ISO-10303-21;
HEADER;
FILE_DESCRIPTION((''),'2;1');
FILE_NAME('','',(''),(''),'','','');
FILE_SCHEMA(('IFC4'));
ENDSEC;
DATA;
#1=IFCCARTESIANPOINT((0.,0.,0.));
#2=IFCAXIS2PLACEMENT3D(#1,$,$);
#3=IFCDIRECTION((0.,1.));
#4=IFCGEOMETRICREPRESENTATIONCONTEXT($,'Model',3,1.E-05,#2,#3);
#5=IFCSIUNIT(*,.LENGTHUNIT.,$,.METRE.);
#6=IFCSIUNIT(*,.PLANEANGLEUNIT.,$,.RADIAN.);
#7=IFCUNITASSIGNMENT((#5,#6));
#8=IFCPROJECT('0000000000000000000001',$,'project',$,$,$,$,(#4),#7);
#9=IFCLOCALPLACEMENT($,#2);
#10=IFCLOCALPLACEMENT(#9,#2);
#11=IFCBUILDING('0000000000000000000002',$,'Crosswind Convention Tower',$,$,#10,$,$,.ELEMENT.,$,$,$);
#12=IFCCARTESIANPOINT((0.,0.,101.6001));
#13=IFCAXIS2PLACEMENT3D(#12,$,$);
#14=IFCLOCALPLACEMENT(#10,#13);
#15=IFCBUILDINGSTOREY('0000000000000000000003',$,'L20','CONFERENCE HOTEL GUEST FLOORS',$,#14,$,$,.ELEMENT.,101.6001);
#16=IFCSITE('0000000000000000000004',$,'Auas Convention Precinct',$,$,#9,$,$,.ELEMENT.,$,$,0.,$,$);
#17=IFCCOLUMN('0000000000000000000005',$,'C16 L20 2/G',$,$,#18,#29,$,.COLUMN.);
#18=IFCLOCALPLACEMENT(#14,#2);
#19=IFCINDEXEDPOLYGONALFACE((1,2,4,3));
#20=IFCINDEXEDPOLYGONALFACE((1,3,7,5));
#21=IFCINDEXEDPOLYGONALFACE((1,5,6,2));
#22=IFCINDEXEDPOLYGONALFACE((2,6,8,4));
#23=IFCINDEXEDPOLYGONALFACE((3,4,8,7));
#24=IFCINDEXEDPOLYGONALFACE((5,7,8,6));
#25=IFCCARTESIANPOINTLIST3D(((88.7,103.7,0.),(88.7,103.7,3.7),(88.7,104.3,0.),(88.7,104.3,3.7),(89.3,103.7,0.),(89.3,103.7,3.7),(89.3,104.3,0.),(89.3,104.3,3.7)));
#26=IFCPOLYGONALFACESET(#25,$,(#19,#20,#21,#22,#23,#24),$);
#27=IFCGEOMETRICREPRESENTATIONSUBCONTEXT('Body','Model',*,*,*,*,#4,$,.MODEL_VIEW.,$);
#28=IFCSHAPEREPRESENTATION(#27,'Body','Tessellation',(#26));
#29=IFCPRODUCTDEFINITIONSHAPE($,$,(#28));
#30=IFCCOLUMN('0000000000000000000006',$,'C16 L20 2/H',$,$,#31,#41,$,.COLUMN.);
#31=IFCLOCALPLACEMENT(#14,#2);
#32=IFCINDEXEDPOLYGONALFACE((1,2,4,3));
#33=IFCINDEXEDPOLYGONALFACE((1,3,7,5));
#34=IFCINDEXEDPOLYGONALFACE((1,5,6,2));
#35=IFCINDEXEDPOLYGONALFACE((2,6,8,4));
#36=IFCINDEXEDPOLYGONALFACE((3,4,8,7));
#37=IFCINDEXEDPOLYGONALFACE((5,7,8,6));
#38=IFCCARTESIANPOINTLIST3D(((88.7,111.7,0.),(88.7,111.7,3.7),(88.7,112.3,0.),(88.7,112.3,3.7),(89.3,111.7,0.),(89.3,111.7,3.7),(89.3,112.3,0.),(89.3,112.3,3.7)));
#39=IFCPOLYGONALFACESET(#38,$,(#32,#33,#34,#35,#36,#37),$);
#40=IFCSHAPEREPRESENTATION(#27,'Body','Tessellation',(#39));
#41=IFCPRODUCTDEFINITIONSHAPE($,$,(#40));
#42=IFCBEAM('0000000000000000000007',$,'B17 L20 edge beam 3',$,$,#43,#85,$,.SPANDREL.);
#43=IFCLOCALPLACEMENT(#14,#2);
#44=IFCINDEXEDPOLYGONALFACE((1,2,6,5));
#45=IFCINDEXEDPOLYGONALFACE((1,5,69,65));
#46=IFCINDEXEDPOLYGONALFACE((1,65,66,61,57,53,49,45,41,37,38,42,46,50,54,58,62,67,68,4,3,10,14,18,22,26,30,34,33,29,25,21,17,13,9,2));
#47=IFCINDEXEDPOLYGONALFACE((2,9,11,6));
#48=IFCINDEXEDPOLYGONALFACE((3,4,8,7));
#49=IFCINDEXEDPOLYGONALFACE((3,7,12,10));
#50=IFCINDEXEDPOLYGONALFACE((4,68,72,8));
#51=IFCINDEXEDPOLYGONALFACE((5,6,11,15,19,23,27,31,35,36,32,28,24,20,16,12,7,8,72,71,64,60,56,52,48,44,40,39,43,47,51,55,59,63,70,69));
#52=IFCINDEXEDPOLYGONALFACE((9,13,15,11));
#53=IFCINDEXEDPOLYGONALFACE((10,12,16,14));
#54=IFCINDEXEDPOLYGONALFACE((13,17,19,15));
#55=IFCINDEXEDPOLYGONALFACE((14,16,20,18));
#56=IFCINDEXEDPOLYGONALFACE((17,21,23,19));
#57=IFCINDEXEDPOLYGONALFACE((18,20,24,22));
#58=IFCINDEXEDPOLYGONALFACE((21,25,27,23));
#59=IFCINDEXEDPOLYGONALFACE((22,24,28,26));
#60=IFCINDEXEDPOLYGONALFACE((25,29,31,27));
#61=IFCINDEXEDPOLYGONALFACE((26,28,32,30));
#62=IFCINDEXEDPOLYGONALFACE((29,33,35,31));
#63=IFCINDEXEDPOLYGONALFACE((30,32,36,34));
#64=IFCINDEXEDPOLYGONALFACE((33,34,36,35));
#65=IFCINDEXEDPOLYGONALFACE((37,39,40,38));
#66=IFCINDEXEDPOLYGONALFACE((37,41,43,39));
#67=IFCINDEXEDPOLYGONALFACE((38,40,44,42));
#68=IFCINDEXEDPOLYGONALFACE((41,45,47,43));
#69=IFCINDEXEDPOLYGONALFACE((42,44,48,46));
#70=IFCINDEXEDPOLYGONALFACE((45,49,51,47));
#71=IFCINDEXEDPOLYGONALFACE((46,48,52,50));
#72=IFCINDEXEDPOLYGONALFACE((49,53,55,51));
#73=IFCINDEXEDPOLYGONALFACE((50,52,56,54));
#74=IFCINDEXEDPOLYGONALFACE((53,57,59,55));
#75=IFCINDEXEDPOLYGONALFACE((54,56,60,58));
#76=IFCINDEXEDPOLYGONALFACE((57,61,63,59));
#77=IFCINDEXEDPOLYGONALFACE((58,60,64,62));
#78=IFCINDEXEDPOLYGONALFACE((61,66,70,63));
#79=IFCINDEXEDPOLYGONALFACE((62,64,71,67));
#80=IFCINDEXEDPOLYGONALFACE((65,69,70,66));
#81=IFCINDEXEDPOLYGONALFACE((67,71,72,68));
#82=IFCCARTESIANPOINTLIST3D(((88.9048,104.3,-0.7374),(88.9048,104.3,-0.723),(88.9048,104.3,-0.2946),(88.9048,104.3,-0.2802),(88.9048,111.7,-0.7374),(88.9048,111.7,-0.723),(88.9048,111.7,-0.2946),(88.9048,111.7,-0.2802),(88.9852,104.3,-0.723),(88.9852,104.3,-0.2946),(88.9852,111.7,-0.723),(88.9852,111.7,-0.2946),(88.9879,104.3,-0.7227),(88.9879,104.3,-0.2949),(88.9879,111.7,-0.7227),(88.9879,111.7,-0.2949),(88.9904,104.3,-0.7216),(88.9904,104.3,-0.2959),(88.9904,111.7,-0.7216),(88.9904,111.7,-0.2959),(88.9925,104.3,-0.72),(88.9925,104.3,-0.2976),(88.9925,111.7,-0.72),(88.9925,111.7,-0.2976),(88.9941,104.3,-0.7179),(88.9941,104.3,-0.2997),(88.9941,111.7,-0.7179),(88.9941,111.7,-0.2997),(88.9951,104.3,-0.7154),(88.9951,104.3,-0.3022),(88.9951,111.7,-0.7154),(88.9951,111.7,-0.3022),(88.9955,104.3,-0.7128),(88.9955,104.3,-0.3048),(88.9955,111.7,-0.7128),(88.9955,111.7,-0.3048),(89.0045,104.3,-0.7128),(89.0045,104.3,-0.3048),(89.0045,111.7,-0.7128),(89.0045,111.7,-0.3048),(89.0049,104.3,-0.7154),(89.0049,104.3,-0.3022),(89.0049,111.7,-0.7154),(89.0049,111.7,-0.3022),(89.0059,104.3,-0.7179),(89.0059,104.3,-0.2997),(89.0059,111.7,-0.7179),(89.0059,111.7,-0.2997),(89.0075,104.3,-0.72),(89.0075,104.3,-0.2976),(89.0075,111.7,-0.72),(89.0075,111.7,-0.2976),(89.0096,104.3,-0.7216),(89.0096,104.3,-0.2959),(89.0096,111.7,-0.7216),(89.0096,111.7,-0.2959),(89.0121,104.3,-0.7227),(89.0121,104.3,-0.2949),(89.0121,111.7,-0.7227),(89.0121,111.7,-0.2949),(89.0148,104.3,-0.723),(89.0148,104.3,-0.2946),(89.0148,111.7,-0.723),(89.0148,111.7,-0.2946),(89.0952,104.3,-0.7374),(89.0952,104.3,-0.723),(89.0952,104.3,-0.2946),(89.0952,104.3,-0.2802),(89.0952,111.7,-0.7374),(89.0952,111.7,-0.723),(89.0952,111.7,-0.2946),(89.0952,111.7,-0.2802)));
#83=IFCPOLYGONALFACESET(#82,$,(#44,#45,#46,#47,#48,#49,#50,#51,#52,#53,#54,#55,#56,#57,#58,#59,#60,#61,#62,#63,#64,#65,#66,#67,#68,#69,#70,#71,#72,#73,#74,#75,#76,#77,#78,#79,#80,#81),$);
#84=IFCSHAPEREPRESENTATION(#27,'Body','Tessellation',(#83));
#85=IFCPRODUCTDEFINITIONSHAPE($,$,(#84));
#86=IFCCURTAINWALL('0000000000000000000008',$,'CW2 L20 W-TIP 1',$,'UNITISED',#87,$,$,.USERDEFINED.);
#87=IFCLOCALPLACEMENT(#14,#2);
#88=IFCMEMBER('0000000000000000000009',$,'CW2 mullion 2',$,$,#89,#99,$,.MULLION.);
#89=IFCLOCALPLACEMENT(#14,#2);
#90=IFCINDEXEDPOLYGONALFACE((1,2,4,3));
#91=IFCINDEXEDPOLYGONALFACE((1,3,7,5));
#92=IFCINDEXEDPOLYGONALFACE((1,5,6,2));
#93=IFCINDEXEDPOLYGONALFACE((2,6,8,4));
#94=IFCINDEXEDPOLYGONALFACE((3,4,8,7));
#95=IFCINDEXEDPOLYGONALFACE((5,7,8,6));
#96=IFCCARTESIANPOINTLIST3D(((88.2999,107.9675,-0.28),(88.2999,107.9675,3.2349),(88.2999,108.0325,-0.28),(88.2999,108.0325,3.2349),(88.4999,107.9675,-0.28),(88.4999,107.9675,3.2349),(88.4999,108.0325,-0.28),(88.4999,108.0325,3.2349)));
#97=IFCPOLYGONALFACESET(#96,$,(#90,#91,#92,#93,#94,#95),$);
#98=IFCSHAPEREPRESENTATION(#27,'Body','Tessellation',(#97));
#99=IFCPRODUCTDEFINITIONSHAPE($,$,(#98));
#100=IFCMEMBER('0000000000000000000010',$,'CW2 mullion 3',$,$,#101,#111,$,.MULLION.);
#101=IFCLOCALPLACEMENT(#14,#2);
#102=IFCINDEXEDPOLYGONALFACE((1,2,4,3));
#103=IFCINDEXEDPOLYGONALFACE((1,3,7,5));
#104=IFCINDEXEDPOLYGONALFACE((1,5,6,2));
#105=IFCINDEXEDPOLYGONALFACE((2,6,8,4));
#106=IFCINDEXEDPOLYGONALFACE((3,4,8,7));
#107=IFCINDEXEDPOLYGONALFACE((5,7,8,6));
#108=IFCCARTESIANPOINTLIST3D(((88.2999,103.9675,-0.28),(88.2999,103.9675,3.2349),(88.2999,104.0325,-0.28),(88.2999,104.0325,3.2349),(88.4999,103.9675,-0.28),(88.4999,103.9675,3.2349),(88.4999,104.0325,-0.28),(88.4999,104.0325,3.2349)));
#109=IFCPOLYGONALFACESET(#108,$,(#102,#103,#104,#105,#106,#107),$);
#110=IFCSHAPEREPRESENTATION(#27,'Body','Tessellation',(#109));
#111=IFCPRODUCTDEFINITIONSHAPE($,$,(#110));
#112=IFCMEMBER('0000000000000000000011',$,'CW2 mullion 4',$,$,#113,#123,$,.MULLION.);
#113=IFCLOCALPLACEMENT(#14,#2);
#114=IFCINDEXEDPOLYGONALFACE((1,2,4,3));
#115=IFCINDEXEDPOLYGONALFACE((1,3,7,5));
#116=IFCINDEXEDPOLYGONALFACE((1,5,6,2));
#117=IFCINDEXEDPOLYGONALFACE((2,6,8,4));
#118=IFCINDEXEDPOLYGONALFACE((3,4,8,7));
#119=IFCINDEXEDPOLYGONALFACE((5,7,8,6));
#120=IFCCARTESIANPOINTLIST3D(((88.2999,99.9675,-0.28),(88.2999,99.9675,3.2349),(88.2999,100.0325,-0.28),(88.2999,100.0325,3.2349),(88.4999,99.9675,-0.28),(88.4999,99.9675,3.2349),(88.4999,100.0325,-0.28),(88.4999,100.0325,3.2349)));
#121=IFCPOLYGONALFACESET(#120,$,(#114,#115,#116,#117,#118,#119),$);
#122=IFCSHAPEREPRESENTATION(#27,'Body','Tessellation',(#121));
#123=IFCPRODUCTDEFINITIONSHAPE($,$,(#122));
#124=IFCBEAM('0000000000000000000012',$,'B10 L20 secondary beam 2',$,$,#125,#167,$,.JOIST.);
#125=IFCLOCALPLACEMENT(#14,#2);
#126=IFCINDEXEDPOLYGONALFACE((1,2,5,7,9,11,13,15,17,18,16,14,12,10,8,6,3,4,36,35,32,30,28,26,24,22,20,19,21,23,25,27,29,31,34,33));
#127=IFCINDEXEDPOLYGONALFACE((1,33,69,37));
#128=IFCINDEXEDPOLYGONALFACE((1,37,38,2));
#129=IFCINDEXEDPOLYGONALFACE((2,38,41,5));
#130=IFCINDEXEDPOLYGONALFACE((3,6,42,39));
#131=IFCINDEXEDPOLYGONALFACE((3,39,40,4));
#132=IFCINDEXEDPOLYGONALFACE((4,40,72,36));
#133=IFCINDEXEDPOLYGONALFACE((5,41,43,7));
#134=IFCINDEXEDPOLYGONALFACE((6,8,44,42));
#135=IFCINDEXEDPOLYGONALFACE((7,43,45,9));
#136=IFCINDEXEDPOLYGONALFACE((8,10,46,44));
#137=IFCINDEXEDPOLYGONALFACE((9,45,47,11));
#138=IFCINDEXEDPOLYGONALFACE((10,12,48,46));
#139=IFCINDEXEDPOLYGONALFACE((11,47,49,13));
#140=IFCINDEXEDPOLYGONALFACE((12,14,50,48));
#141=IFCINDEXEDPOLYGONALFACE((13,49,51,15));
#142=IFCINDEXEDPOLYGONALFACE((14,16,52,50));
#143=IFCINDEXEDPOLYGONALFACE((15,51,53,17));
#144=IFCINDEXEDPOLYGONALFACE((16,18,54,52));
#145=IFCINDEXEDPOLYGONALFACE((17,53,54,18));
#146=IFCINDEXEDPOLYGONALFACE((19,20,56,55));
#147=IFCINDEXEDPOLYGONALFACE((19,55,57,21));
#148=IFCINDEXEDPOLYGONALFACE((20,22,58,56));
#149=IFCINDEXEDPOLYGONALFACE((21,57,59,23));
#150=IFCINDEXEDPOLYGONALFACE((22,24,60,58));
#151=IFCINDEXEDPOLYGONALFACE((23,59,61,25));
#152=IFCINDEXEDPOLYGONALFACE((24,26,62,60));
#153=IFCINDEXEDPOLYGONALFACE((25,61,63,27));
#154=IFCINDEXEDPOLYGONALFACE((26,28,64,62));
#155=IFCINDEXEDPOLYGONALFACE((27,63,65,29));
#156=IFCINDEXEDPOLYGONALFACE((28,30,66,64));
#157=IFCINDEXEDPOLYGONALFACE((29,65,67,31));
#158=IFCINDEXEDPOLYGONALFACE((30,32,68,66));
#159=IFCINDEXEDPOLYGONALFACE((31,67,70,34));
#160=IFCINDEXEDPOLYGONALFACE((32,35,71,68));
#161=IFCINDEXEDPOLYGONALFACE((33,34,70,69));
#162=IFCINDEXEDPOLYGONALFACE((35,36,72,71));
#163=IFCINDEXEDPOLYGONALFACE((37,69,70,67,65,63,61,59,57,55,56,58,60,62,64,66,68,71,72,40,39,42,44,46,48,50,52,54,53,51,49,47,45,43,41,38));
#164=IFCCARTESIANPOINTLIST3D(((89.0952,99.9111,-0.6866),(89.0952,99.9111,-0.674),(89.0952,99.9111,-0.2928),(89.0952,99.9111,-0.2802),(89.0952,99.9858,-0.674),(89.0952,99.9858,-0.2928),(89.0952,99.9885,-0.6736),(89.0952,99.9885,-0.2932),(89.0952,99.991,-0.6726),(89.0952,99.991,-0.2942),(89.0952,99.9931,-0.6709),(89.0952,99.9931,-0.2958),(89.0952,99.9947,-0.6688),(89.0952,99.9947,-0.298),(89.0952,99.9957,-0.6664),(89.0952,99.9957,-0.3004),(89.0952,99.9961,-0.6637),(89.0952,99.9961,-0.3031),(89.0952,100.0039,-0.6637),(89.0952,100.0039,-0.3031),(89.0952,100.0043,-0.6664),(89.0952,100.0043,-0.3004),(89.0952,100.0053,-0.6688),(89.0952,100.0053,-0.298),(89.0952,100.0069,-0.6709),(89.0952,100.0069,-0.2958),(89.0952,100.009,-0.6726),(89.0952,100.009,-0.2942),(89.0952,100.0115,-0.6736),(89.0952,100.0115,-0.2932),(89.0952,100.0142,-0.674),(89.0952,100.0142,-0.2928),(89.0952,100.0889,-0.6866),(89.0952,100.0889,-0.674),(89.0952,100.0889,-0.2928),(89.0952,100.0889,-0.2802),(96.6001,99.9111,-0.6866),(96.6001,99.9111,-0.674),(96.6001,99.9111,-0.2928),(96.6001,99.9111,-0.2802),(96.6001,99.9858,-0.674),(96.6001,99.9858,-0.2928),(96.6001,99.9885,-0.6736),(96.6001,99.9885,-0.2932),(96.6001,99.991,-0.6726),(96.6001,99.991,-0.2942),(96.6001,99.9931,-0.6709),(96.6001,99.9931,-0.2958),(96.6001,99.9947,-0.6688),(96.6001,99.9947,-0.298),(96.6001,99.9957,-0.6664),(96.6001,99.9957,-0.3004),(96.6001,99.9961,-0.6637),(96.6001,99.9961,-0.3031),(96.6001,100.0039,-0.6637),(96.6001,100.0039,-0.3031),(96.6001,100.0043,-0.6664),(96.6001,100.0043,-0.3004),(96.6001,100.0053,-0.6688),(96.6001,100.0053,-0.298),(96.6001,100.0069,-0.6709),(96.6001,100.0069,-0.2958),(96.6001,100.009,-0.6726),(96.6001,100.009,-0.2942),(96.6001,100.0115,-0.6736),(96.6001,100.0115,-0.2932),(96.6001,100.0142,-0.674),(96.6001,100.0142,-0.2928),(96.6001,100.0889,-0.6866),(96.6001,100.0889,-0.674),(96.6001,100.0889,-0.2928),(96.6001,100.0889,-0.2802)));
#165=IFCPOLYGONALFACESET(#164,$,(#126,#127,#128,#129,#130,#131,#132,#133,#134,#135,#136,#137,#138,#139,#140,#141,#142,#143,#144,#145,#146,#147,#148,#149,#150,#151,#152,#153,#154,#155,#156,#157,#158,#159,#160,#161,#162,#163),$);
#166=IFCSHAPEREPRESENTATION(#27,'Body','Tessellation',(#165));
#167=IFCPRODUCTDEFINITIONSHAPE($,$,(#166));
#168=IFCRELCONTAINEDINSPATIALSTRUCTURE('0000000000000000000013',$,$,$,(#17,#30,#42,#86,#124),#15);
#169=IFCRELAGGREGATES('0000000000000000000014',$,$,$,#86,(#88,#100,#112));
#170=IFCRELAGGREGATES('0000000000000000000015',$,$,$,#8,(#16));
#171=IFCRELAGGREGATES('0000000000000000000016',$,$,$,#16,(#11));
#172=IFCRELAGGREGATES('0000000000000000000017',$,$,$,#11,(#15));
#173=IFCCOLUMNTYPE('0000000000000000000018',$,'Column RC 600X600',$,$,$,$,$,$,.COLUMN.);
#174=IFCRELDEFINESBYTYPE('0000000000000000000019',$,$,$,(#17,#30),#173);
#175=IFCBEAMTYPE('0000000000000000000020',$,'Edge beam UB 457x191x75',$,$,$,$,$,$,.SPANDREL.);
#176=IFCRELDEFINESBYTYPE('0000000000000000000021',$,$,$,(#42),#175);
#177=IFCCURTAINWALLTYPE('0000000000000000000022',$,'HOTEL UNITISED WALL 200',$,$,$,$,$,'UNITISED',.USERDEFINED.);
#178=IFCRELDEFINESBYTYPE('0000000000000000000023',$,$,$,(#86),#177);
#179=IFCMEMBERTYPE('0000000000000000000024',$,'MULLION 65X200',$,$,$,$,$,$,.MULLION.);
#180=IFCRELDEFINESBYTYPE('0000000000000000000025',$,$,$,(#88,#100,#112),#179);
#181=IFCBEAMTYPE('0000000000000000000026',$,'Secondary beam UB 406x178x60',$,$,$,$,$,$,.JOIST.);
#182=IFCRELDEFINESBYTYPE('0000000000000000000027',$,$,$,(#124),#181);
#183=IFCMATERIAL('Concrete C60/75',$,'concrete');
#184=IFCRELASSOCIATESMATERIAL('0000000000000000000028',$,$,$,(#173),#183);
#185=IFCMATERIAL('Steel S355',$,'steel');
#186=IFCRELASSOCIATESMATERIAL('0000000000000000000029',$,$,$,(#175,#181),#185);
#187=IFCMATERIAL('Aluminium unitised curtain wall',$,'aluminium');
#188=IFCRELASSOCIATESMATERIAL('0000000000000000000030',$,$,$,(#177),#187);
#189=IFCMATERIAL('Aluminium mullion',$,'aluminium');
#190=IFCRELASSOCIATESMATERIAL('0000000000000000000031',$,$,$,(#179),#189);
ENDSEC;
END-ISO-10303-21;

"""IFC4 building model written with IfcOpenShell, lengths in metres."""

from ifc_helpers import new_model, si_unit, direction, frame, origin, origin_2d, place, context, subcontext, project, spatial, rectangle, i_section, extrude, material, material_profile, profile_set, type_object, element, aggregate, save


model = new_model("IFC4")

# Units and contexts
model_context = context("Model", 3, precision=1e-05, world=origin(), true_north=direction((0.0, 1.0)))
body_context = subcontext(model_context, "Body", "Model", "MODEL_VIEW")
ifc_project = project(units=[si_unit("LENGTHUNIT", "METRE"), si_unit("PLANEANGLEUNIT", "RADIAN")], contexts=[model_context])

# Site, building, storey
site_placement = place(None, origin())
site = spatial("IfcSite", under=ifc_project, at=site_placement, Name="Auas Convention Precinct", CompositionType="ELEMENT", RefElevation=0.0)
building_placement = place(site_placement, origin())
building = spatial("IfcBuilding", under=site, at=building_placement, Name="Crosswind Convention Tower", CompositionType="ELEMENT")
storey_placement = place(building_placement, frame((0.0, 0.0, 101.6001)))
storey = spatial("IfcBuildingStorey", under=building, at=storey_placement, Name="L20", Description="CONFERENCE HOTEL GUEST FLOORS", CompositionType="ELEMENT", Elevation=101.6001)

# Columns
ifc_material_1 = material(Name="Concrete C60/75", Category="concrete")
ifc_material_profile_1 = material_profile(ifc_material_1, rectangle(XDim=0.6001, YDim=0.6001, at=origin_2d()), Name="RC 600X600")
ifc_profile_set_1 = profile_set([ifc_material_profile_1], Name="Concrete C60/75")
column_type = type_object("IfcColumnType", Name="Column RC 600X600", PredefinedType="COLUMN", material=ifc_profile_set_1)
for number, where, z_axis, x_axis, name in (
    (1, (89.0, 104.0, 0.0), (0.0, 0.0, 1.0), (1.0, 0.0, 0.0), "C16 L20 2/G"),
    (2, (89.0, 112.0, 0.0), (0.0, 0.0, 1.0), (1.0, 0.0, 0.0), "C16 L20 2/H"),
):
    element("IfcColumn", number, at=place(storey_placement, frame(where, z_axis=z_axis, x_axis=x_axis)), inside=storey, type_object=column_type, Name=name, PredefinedType="COLUMN", context=body_context, shape_type="SweptSolid", body=[
        extrude(rectangle(XDim=0.6001, YDim=0.6001, at=origin_2d()), origin(), (0.0, 0.0, 1.0), 3.7),
    ])

# Beam
ifc_material_2 = material(Name="Steel S355", Category="steel")
ifc_material_profile_2 = material_profile(ifc_material_2, i_section(OverallWidth=0.1904, OverallDepth=0.4573, WebThickness=0.009, FlangeThickness=0.0144, FilletRadius=0.0103, at=origin_2d()), Name="UB 457x191x75")
ifc_profile_set_2 = profile_set([ifc_material_profile_2], Name="Steel S355")
beam_type_1 = type_object("IfcBeamType", Name="Edge beam UB 457x191x75", PredefinedType="SPANDREL", material=ifc_profile_set_2)
beam_placement = place(storey_placement, frame((89.0, 104.3, -0.5088), z_axis=(0.0, 1.0, 0.0), x_axis=(-1.0, 0.0, 0.0)))
element("IfcBeam", 3, at=beam_placement, inside=storey, type_object=beam_type_1, Name="B17 L20 edge beam 3", PredefinedType="SPANDREL", context=body_context, shape_type="SweptSolid", body=[
    extrude(i_section(OverallWidth=0.1904, OverallDepth=0.4573, WebThickness=0.009, FlangeThickness=0.0144, FilletRadius=0.0103, at=origin_2d()), origin(), (0.0, 0.0, 1.0), 7.3999),
])

# Curtain wall, members
ifc_material_3 = material(Name="Aluminium unitised curtain wall", Category="aluminium")
curtain_wall_type = type_object("IfcCurtainWallType", Name="HOTEL UNITISED WALL 200", ElementType="UNITISED", PredefinedType="USERDEFINED", material=ifc_material_3)
curtain_wall_placement = place(storey_placement, origin())
curtain_wall = element("IfcCurtainWall", 4, at=curtain_wall_placement, inside=storey, type_object=curtain_wall_type, Name="CW2 L20 W-TIP 1", ObjectType="UNITISED", PredefinedType="USERDEFINED")
ifc_material_4 = material(Name="Aluminium mullion", Category="aluminium")
ifc_material_profile_3 = material_profile(ifc_material_4, rectangle(XDim=0.2, YDim=0.0649, at=origin_2d()), Name="AL 200X65")
ifc_profile_set_3 = profile_set([ifc_material_profile_3], Name="Aluminium mullion")
member_type = type_object("IfcMemberType", Name="MULLION 65X200", PredefinedType="MULLION", material=ifc_profile_set_3)
member_1_placement = place(storey_placement, frame((88.3999, 108.0, -0.28), z_axis=(0.0, 0.0, 1.0), x_axis=(-1.0, 0.0, 0.0)))
member_1 = element("IfcMember", 5, at=member_1_placement, type_object=member_type, Name="CW2 mullion 2", PredefinedType="MULLION", context=body_context, shape_type="SweptSolid", body=[
    extrude(rectangle(XDim=0.2, YDim=0.0649, at=origin_2d()), origin(), (0.0, 0.0, 1.0), 3.5149),
])
member_2_placement = place(storey_placement, frame((88.3999, 104.0, -0.28), z_axis=(0.0, 0.0, 1.0), x_axis=(-1.0, 0.0, 0.0)))
member_2 = element("IfcMember", 6, at=member_2_placement, type_object=member_type, Name="CW2 mullion 3", PredefinedType="MULLION", context=body_context, shape_type="SweptSolid", body=[
    extrude(rectangle(XDim=0.2, YDim=0.0649, at=origin_2d()), origin(), (0.0, 0.0, 1.0), 3.5149),
])
member_3_placement = place(storey_placement, frame((88.3999, 100.0, -0.28), z_axis=(0.0, 0.0, 1.0), x_axis=(-1.0, 0.0, 0.0)))
member_3 = element("IfcMember", 7, at=member_3_placement, type_object=member_type, Name="CW2 mullion 4", PredefinedType="MULLION", context=body_context, shape_type="SweptSolid", body=[
    extrude(rectangle(XDim=0.2, YDim=0.0649, at=origin_2d()), origin(), (0.0, 0.0, 1.0), 3.5149),
])

# Beam
ifc_material_profile_4 = material_profile(ifc_material_2, i_section(OverallWidth=0.1777, OverallDepth=0.4065, WebThickness=0.0078, FlangeThickness=0.0127, FilletRadius=0.0103, at=origin_2d()), Name="UB 406x178x60")
ifc_profile_set_4 = profile_set([ifc_material_profile_4], Name="Steel S355")
beam_type_2 = type_object("IfcBeamType", Name="Secondary beam UB 406x178x60", PredefinedType="JOIST", material=ifc_profile_set_4)
for number, where, z_axis, x_axis, name in (
    (8, (89.0952, 100.0, -0.4834), (1.0, 0.0, 0.0), (0.0, 1.0, 0.0), "B10 L20 secondary beam 2"),
):
    element("IfcBeam", number, at=place(storey_placement, frame(where, z_axis=z_axis, x_axis=x_axis)), inside=storey, type_object=beam_type_2, Name=name, PredefinedType="JOIST", context=body_context, shape_type="SweptSolid", body=[
        extrude(i_section(OverallWidth=0.1777, OverallDepth=0.4065, WebThickness=0.0078, FlangeThickness=0.0127, FilletRadius=0.0103, at=origin_2d()), origin(), (0.0, 0.0, 1.0), 7.5049),
    ])

aggregate(curtain_wall, [member_1, member_2, member_3])

save(model, "model.ifc")
